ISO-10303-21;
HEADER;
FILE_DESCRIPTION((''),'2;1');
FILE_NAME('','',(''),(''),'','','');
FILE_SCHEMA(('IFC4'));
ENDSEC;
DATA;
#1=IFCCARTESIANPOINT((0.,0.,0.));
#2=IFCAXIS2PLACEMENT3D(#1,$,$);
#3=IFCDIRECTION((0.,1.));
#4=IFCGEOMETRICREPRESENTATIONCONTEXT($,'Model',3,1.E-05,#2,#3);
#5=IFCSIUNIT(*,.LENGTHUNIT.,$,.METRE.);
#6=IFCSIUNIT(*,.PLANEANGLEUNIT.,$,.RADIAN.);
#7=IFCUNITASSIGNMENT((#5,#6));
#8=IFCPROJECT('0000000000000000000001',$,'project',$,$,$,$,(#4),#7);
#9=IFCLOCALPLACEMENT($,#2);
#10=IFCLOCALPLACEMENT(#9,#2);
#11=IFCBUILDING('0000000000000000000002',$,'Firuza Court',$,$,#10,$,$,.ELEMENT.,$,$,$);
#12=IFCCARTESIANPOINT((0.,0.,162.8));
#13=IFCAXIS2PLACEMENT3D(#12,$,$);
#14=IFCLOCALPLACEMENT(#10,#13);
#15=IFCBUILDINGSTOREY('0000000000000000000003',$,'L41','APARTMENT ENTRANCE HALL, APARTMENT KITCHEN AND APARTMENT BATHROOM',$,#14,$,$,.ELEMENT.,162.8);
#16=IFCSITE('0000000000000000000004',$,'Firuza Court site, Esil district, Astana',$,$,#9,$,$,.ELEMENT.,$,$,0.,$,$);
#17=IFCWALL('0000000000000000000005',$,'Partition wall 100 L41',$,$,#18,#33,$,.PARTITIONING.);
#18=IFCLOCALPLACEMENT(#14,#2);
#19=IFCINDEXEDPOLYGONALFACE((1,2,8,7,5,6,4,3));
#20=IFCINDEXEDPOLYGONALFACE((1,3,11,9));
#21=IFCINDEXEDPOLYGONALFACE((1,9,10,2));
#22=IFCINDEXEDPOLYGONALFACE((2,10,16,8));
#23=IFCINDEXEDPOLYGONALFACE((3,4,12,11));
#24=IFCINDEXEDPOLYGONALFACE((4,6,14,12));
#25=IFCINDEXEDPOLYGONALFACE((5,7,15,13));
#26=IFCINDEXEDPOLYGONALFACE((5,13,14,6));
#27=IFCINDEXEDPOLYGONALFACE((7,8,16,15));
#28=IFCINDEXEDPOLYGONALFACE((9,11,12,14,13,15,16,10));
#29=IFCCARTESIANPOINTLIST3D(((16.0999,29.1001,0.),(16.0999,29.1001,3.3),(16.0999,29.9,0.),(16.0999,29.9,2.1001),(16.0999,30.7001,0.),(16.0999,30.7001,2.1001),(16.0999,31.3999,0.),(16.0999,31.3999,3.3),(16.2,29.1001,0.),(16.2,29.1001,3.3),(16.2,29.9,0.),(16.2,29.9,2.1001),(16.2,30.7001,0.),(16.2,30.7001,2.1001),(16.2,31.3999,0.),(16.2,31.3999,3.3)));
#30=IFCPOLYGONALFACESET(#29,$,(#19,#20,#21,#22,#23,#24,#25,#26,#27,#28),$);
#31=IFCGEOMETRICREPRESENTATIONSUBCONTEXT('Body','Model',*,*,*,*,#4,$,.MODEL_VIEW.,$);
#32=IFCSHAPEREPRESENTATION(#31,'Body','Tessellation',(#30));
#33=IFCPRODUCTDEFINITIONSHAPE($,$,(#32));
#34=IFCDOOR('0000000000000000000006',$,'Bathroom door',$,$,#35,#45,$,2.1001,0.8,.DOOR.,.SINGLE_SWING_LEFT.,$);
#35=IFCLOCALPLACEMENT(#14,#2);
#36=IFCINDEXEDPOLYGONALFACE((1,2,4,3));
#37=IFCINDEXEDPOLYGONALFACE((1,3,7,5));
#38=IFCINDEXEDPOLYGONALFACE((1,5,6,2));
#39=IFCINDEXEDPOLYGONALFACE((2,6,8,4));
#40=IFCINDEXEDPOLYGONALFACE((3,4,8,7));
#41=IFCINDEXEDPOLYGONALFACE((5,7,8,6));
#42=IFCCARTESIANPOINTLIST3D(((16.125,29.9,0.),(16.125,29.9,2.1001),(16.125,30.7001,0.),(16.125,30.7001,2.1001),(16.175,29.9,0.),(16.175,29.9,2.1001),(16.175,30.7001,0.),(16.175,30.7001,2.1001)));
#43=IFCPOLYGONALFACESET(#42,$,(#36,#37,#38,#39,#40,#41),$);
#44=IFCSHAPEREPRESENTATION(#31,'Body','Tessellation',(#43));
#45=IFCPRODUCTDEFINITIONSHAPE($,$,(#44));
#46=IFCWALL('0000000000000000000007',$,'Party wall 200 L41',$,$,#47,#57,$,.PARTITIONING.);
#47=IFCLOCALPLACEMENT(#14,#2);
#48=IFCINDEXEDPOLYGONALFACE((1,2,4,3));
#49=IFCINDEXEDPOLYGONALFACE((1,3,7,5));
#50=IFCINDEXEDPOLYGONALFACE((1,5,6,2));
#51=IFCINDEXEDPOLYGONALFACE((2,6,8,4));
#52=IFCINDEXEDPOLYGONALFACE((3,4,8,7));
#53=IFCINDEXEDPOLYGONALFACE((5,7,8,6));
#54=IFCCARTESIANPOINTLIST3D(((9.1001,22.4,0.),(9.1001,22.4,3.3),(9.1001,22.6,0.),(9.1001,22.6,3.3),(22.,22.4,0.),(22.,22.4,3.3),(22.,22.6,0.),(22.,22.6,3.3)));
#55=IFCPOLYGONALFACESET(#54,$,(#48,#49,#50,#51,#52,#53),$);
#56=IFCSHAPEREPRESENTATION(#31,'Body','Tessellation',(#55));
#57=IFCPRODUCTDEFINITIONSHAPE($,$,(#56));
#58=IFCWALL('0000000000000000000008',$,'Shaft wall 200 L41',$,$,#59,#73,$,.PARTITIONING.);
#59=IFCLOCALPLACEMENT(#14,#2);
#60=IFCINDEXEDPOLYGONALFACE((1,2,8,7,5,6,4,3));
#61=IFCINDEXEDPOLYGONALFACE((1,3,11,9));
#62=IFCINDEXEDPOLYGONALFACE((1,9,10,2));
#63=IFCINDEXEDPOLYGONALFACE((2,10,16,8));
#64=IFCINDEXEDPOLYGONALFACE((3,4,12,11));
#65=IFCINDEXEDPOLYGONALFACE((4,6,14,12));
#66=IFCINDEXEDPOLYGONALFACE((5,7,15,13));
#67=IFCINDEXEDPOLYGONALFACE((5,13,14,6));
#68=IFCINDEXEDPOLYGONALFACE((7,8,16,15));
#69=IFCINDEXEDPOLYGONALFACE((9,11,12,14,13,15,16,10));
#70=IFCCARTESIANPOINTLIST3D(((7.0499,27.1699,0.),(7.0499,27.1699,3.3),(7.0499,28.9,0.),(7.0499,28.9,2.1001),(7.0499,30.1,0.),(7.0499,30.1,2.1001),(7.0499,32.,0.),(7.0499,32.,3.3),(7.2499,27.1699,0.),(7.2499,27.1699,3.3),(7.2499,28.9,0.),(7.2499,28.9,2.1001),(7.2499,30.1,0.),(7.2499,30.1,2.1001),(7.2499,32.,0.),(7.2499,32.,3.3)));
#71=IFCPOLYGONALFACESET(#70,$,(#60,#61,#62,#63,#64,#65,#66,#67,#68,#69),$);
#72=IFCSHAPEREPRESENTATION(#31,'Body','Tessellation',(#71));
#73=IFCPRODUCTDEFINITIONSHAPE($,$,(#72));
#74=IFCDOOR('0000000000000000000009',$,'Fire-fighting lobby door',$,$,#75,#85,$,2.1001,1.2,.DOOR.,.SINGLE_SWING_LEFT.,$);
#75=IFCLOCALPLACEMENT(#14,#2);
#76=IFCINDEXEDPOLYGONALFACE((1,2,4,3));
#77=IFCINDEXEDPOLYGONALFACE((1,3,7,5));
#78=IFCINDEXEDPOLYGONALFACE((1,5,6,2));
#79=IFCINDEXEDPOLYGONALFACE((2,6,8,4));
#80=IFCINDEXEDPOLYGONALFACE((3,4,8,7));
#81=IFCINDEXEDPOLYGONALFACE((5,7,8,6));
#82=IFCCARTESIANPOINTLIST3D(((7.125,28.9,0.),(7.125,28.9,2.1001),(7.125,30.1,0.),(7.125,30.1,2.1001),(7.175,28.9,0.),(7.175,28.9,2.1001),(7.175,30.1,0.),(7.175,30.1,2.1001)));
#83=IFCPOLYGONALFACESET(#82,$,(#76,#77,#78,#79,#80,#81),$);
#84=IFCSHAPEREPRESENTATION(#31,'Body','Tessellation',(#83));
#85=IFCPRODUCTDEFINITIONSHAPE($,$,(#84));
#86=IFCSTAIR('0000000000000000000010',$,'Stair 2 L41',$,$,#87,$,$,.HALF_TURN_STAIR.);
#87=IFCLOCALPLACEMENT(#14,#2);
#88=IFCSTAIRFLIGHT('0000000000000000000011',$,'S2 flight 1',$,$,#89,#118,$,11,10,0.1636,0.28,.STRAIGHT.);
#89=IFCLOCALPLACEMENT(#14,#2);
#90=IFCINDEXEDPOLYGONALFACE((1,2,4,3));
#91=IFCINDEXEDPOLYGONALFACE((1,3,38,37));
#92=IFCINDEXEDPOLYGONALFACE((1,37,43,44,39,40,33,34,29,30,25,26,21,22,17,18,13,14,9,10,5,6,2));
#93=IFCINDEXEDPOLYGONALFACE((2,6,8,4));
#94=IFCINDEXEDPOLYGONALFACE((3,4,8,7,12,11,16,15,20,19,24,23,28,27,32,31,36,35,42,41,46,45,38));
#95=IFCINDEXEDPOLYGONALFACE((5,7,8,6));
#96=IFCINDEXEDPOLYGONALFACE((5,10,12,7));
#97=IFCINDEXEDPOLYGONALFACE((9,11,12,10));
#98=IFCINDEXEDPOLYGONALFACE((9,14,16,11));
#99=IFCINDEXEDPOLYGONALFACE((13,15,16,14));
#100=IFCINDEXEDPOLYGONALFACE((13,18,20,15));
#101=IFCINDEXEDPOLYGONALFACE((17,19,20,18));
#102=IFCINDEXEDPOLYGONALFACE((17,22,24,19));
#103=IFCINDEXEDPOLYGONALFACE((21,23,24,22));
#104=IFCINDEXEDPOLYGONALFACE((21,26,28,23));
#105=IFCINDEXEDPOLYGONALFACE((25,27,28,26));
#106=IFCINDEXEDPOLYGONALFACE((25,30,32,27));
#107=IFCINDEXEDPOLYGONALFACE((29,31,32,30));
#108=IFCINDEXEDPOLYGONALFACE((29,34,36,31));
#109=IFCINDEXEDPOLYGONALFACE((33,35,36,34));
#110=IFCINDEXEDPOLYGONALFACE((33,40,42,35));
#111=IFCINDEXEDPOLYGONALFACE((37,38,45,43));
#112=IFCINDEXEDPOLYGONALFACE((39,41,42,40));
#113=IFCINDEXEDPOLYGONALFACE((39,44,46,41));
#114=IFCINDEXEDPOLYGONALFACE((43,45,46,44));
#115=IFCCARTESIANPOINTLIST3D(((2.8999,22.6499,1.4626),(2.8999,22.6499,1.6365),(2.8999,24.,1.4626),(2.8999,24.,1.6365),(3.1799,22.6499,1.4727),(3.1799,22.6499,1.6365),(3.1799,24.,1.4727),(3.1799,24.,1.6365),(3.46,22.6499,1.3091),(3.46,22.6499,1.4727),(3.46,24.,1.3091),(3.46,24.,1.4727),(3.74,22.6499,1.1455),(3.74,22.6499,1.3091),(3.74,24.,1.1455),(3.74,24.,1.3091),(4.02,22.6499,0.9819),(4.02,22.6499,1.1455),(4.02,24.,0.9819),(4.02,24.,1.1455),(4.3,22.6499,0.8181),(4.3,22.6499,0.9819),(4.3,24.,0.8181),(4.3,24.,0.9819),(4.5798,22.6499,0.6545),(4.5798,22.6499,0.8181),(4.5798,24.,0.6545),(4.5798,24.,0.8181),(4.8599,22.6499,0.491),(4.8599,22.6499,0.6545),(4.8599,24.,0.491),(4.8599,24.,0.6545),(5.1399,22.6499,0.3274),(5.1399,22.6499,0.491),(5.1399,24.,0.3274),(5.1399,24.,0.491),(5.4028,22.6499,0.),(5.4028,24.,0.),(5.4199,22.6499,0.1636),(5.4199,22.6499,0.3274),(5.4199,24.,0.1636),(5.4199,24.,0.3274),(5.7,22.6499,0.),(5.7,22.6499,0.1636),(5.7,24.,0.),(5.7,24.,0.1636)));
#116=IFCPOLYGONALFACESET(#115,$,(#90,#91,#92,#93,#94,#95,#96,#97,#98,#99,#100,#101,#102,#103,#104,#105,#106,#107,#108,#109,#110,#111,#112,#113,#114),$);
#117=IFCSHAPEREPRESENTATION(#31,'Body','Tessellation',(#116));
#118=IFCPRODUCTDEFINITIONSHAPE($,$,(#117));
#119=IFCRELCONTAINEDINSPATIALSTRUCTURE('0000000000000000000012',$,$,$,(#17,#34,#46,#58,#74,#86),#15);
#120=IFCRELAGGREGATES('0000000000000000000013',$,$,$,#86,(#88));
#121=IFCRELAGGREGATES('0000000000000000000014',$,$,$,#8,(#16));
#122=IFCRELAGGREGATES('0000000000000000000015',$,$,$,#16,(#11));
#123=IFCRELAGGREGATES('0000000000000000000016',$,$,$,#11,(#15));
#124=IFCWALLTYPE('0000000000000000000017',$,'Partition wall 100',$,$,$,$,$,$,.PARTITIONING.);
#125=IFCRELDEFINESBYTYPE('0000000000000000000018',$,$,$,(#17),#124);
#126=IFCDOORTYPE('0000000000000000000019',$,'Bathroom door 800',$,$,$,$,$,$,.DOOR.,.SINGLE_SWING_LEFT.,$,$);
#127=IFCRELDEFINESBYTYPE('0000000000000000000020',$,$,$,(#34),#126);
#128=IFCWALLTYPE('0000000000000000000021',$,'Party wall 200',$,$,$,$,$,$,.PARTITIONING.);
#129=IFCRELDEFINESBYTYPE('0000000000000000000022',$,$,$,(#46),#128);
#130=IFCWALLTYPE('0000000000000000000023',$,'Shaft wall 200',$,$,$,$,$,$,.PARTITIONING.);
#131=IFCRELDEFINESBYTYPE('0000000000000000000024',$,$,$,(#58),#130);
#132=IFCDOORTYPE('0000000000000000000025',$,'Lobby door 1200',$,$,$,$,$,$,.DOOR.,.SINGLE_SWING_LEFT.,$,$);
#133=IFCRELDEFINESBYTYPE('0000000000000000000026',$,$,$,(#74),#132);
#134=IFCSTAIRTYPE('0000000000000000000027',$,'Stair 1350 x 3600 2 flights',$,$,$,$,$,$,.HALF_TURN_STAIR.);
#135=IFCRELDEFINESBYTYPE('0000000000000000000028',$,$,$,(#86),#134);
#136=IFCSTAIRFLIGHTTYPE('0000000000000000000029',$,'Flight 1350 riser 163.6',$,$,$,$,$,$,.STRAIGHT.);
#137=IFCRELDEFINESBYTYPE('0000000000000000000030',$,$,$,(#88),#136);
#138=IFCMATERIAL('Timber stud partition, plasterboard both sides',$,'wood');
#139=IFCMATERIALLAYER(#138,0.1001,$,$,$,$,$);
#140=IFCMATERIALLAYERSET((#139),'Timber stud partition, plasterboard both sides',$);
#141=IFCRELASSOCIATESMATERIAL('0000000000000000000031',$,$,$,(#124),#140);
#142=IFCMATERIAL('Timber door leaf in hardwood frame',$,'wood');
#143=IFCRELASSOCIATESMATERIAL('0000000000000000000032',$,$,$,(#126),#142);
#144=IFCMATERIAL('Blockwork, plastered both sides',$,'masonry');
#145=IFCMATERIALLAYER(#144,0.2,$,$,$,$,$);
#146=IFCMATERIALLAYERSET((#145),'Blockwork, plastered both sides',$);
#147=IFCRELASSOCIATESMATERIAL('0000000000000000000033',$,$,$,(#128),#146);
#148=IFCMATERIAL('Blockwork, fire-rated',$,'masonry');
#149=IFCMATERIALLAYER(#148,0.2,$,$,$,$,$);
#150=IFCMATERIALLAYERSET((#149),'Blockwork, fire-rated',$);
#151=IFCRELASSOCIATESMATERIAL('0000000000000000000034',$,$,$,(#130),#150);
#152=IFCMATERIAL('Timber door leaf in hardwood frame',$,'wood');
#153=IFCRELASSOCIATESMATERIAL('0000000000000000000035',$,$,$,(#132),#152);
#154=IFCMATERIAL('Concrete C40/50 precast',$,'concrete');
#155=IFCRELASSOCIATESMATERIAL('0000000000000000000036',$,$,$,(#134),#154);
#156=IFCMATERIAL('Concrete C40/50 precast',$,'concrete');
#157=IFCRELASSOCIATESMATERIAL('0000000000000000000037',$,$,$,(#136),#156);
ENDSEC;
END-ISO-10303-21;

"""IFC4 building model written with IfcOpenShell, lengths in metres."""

from ifc_helpers import new_model, si_unit, direction, frame, frame_2d, origin, place, context, subcontext, project, spatial, polyline, rectangle, outline, extrude, material, layer, layer_set, type_object, element, fill, aggregate, save


model = new_model("IFC4")

# Units and contexts
model_context = context("Model", 3, precision=1e-05, world=origin(), true_north=direction((0.0, 1.0)))
body_context = subcontext(model_context, "Body", "Model", "MODEL_VIEW")
ifc_project = project(units=[si_unit("LENGTHUNIT", "METRE"), si_unit("PLANEANGLEUNIT", "RADIAN")], contexts=[model_context])

# Site, building, storey
site_placement = place(None, origin())
site = spatial("IfcSite", under=ifc_project, at=site_placement, Name="Firuza Court site, Esil district, Astana", CompositionType="ELEMENT", RefElevation=0.0)
building_placement = place(site_placement, origin())
building = spatial("IfcBuilding", under=site, at=building_placement, Name="Firuza Court", CompositionType="ELEMENT")
storey_placement = place(building_placement, frame((0.0, 0.0, 162.8)))
storey = spatial("IfcBuildingStorey", under=building, at=storey_placement, Name="L41", Description="APARTMENT ENTRANCE HALL, APARTMENT KITCHEN AND APARTMENT BATHROOM", CompositionType="ELEMENT", Elevation=162.8)

# Shared definitions
ifc_material_1 = material(Name="Timber stud partition, plasterboard both sides", Category="wood")
ifc_layer_1 = layer(ifc_material_1, 0.1001)
ifc_layer_set_1 = layer_set([ifc_layer_1], Name="Timber stud partition, plasterboard both sides")
wall_type_1 = type_object("IfcWallType", Name="Partition wall 100", PredefinedType="PARTITIONING", material=ifc_layer_set_1)

# Wall, opening, door
wall_1_placement = place(storey_placement, frame((16.1499, 29.1001, 0.0), z_axis=(0.0, 0.0, 1.0), x_axis=(0.0, 1.0, 0.0)))
wall_1 = element("IfcWall", 1, at=wall_1_placement, inside=storey, type_object=wall_type_1, Name="Partition wall 100 L41", PredefinedType="PARTITIONING", context=body_context, shape_type="SweptSolid", body=[
    extrude(rectangle(XDim=2.2998, YDim=0.1001, at=frame_2d((1.1499, 0.0))), origin(), (0.0, 0.0, 1.0), 3.3),
])
opening_1_placement = place(wall_1_placement, frame((0.8, 0.0, 0.0)))
opening_1 = element("IfcOpeningElement", 2, at=opening_1_placement, cuts=wall_1, PredefinedType="OPENING", context=body_context, shape_type="SweptSolid", body=[
    extrude(rectangle(XDim=0.8, YDim=2.1001, at=frame_2d((0.3999, 1.05))), frame((0.0, 0.062, 0.0), z_axis=(0.0, -1.0, 0.0), x_axis=(1.0, 0.0, 0.0)), (0.0, 0.0, 1.0), 0.124),
])
ifc_material_2 = material(Name="Timber door leaf in hardwood frame", Category="wood")
door_type_1 = type_object("IfcDoorType", Name="Bathroom door 800", OperationType="SINGLE_SWING_LEFT", PredefinedType="DOOR", material=ifc_material_2)
door_1_placement = place(opening_1_placement, origin())
door_1 = element("IfcDoor", 3, at=door_1_placement, inside=storey, type_object=door_type_1, Name="Bathroom door", OperationType="SINGLE_SWING_LEFT", OverallHeight=2.1001, OverallWidth=0.8, PredefinedType="DOOR", context=body_context, shape_type="SweptSolid", body=[
    extrude(rectangle(XDim=0.8, YDim=2.1001, at=frame_2d((0.3999, 1.05))), frame((0.0, 0.0249, 0.0), z_axis=(0.0, -1.0, 0.0), x_axis=(1.0, 0.0, 0.0)), (0.0, 0.0, 1.0), 0.05),
])
fill(opening_1, door_1)

# Wall
ifc_material_3 = material(Name="Blockwork, plastered both sides", Category="masonry")
ifc_layer_2 = layer(ifc_material_3, 0.2)
ifc_layer_set_2 = layer_set([ifc_layer_2], Name="Blockwork, plastered both sides")
wall_type_2 = type_object("IfcWallType", Name="Party wall 200", PredefinedType="PARTITIONING", material=ifc_layer_set_2)
wall_2_placement = place(storey_placement, frame((9.1001, 22.5, 0.0), z_axis=(0.0, 0.0, 1.0), x_axis=(1.0, 0.0, 0.0)))
element("IfcWall", 4, at=wall_2_placement, inside=storey, type_object=wall_type_2, Name="Party wall 200 L41", PredefinedType="PARTITIONING", context=body_context, shape_type="SweptSolid", body=[
    extrude(rectangle(XDim=12.8999, YDim=0.2, at=frame_2d((6.45, 0.0))), origin(), (0.0, 0.0, 1.0), 3.3),
])

# Wall, opening, door
ifc_material_4 = material(Name="Blockwork, fire-rated", Category="masonry")
ifc_layer_3 = layer(ifc_material_4, 0.2)
ifc_layer_set_3 = layer_set([ifc_layer_3], Name="Blockwork, fire-rated")
wall_type_3 = type_object("IfcWallType", Name="Shaft wall 200", PredefinedType="PARTITIONING", material=ifc_layer_set_3)
wall_3_placement = place(storey_placement, frame((7.1499, 27.1699, 0.0), z_axis=(0.0, 0.0, 1.0), x_axis=(0.0, 1.0, 0.0)))
wall_3 = element("IfcWall", 5, at=wall_3_placement, inside=storey, type_object=wall_type_3, Name="Shaft wall 200 L41", PredefinedType="PARTITIONING", context=body_context, shape_type="SweptSolid", body=[
    extrude(rectangle(XDim=4.8301, YDim=0.2, at=frame_2d((2.415, 0.0))), origin(), (0.0, 0.0, 1.0), 3.3),
])
opening_2_placement = place(wall_3_placement, frame((1.73, 0.0, 0.0)))
opening_2 = element("IfcOpeningElement", 6, at=opening_2_placement, cuts=wall_3, PredefinedType="OPENING", context=body_context, shape_type="SweptSolid", body=[
    extrude(rectangle(XDim=1.2, YDim=2.1001, at=frame_2d((0.6001, 1.05))), frame((0.0, 0.1118, 0.0), z_axis=(0.0, -1.0, 0.0), x_axis=(1.0, 0.0, 0.0)), (0.0, 0.0, 1.0), 0.2239),
])
ifc_material_5 = material(Name="Timber door leaf in hardwood frame", Category="wood")
door_type_2 = type_object("IfcDoorType", Name="Lobby door 1200", OperationType="SINGLE_SWING_LEFT", PredefinedType="DOOR", material=ifc_material_5)
door_2_placement = place(opening_2_placement, origin())
door_2 = element("IfcDoor", 7, at=door_2_placement, inside=storey, type_object=door_type_2, Name="Fire-fighting lobby door", OperationType="SINGLE_SWING_LEFT", OverallHeight=2.1001, OverallWidth=1.2, PredefinedType="DOOR", context=body_context, shape_type="SweptSolid", body=[
    extrude(rectangle(XDim=1.2, YDim=2.1001, at=frame_2d((0.6001, 1.05))), frame((0.0, 0.0249, 0.0), z_axis=(0.0, -1.0, 0.0), x_axis=(1.0, 0.0, 0.0)), (0.0, 0.0, 1.0), 0.05),
])
fill(opening_2, door_2)

# Stair, stair flight
ifc_material_6 = material(Name="Concrete C40/50 precast", Category="concrete")
stair_type = type_object("IfcStairType", Name="Stair 1350 x 3600 2 flights", PredefinedType="HALF_TURN_STAIR", material=ifc_material_6)
stair_placement = place(storey_placement, origin())
stair = element("IfcStair", 8, at=stair_placement, inside=storey, type_object=stair_type, Name="Stair 2 L41", PredefinedType="HALF_TURN_STAIR")
ifc_material_7 = material(Name="Concrete C40/50 precast", Category="concrete")
stair_flight_type = type_object("IfcStairFlightType", Name="Flight 1350 riser 163.6", PredefinedType="STRAIGHT", material=ifc_material_7)
stair_flight_placement = place(storey_placement, frame((5.7, 23.325, 0.0), z_axis=(0.0, 0.0, 1.0), x_axis=(-1.0, 0.0, 0.0)))
stair_flight = element("IfcStairFlight", 9, at=stair_flight_placement, type_object=stair_flight_type, Name="S2 flight 1", NumberOfRisers=11, NumberOfTreads=10, PredefinedType="STRAIGHT", RiserHeight=0.1636, TreadLength=0.28, context=body_context, shape_type="SweptSolid", body=[
    extrude(outline(polyline([(0.0, 0.0), (0.0, 0.1636), (0.28, 0.1636), (0.28, 0.3274), (0.5601, 0.3274), (0.5601, 0.491), (0.8401, 0.491), (0.8401, 0.6545), (1.1201, 0.6545), (1.1201, 0.8181), (1.3999, 0.8181), (1.3999, 0.9819), (1.6799, 0.9819), (1.6799, 1.1455), (1.96, 1.1455), (1.96, 1.3091), (2.24, 1.3091), (2.24, 1.4727), (2.52, 1.4727), (2.52, 1.6365), (2.8, 1.6365), (2.8, 1.8), (2.8, 1.4626), (0.2971, 0.0), (0.0, 0.0)])), frame((0.0, 0.675, 0.0), z_axis=(0.0, -1.0, 0.0), x_axis=(1.0, 0.0, 0.0)), (0.0, 0.0, 1.0), 1.3501),
])
aggregate(stair, [stair_flight])

save(model, "model.ifc")
